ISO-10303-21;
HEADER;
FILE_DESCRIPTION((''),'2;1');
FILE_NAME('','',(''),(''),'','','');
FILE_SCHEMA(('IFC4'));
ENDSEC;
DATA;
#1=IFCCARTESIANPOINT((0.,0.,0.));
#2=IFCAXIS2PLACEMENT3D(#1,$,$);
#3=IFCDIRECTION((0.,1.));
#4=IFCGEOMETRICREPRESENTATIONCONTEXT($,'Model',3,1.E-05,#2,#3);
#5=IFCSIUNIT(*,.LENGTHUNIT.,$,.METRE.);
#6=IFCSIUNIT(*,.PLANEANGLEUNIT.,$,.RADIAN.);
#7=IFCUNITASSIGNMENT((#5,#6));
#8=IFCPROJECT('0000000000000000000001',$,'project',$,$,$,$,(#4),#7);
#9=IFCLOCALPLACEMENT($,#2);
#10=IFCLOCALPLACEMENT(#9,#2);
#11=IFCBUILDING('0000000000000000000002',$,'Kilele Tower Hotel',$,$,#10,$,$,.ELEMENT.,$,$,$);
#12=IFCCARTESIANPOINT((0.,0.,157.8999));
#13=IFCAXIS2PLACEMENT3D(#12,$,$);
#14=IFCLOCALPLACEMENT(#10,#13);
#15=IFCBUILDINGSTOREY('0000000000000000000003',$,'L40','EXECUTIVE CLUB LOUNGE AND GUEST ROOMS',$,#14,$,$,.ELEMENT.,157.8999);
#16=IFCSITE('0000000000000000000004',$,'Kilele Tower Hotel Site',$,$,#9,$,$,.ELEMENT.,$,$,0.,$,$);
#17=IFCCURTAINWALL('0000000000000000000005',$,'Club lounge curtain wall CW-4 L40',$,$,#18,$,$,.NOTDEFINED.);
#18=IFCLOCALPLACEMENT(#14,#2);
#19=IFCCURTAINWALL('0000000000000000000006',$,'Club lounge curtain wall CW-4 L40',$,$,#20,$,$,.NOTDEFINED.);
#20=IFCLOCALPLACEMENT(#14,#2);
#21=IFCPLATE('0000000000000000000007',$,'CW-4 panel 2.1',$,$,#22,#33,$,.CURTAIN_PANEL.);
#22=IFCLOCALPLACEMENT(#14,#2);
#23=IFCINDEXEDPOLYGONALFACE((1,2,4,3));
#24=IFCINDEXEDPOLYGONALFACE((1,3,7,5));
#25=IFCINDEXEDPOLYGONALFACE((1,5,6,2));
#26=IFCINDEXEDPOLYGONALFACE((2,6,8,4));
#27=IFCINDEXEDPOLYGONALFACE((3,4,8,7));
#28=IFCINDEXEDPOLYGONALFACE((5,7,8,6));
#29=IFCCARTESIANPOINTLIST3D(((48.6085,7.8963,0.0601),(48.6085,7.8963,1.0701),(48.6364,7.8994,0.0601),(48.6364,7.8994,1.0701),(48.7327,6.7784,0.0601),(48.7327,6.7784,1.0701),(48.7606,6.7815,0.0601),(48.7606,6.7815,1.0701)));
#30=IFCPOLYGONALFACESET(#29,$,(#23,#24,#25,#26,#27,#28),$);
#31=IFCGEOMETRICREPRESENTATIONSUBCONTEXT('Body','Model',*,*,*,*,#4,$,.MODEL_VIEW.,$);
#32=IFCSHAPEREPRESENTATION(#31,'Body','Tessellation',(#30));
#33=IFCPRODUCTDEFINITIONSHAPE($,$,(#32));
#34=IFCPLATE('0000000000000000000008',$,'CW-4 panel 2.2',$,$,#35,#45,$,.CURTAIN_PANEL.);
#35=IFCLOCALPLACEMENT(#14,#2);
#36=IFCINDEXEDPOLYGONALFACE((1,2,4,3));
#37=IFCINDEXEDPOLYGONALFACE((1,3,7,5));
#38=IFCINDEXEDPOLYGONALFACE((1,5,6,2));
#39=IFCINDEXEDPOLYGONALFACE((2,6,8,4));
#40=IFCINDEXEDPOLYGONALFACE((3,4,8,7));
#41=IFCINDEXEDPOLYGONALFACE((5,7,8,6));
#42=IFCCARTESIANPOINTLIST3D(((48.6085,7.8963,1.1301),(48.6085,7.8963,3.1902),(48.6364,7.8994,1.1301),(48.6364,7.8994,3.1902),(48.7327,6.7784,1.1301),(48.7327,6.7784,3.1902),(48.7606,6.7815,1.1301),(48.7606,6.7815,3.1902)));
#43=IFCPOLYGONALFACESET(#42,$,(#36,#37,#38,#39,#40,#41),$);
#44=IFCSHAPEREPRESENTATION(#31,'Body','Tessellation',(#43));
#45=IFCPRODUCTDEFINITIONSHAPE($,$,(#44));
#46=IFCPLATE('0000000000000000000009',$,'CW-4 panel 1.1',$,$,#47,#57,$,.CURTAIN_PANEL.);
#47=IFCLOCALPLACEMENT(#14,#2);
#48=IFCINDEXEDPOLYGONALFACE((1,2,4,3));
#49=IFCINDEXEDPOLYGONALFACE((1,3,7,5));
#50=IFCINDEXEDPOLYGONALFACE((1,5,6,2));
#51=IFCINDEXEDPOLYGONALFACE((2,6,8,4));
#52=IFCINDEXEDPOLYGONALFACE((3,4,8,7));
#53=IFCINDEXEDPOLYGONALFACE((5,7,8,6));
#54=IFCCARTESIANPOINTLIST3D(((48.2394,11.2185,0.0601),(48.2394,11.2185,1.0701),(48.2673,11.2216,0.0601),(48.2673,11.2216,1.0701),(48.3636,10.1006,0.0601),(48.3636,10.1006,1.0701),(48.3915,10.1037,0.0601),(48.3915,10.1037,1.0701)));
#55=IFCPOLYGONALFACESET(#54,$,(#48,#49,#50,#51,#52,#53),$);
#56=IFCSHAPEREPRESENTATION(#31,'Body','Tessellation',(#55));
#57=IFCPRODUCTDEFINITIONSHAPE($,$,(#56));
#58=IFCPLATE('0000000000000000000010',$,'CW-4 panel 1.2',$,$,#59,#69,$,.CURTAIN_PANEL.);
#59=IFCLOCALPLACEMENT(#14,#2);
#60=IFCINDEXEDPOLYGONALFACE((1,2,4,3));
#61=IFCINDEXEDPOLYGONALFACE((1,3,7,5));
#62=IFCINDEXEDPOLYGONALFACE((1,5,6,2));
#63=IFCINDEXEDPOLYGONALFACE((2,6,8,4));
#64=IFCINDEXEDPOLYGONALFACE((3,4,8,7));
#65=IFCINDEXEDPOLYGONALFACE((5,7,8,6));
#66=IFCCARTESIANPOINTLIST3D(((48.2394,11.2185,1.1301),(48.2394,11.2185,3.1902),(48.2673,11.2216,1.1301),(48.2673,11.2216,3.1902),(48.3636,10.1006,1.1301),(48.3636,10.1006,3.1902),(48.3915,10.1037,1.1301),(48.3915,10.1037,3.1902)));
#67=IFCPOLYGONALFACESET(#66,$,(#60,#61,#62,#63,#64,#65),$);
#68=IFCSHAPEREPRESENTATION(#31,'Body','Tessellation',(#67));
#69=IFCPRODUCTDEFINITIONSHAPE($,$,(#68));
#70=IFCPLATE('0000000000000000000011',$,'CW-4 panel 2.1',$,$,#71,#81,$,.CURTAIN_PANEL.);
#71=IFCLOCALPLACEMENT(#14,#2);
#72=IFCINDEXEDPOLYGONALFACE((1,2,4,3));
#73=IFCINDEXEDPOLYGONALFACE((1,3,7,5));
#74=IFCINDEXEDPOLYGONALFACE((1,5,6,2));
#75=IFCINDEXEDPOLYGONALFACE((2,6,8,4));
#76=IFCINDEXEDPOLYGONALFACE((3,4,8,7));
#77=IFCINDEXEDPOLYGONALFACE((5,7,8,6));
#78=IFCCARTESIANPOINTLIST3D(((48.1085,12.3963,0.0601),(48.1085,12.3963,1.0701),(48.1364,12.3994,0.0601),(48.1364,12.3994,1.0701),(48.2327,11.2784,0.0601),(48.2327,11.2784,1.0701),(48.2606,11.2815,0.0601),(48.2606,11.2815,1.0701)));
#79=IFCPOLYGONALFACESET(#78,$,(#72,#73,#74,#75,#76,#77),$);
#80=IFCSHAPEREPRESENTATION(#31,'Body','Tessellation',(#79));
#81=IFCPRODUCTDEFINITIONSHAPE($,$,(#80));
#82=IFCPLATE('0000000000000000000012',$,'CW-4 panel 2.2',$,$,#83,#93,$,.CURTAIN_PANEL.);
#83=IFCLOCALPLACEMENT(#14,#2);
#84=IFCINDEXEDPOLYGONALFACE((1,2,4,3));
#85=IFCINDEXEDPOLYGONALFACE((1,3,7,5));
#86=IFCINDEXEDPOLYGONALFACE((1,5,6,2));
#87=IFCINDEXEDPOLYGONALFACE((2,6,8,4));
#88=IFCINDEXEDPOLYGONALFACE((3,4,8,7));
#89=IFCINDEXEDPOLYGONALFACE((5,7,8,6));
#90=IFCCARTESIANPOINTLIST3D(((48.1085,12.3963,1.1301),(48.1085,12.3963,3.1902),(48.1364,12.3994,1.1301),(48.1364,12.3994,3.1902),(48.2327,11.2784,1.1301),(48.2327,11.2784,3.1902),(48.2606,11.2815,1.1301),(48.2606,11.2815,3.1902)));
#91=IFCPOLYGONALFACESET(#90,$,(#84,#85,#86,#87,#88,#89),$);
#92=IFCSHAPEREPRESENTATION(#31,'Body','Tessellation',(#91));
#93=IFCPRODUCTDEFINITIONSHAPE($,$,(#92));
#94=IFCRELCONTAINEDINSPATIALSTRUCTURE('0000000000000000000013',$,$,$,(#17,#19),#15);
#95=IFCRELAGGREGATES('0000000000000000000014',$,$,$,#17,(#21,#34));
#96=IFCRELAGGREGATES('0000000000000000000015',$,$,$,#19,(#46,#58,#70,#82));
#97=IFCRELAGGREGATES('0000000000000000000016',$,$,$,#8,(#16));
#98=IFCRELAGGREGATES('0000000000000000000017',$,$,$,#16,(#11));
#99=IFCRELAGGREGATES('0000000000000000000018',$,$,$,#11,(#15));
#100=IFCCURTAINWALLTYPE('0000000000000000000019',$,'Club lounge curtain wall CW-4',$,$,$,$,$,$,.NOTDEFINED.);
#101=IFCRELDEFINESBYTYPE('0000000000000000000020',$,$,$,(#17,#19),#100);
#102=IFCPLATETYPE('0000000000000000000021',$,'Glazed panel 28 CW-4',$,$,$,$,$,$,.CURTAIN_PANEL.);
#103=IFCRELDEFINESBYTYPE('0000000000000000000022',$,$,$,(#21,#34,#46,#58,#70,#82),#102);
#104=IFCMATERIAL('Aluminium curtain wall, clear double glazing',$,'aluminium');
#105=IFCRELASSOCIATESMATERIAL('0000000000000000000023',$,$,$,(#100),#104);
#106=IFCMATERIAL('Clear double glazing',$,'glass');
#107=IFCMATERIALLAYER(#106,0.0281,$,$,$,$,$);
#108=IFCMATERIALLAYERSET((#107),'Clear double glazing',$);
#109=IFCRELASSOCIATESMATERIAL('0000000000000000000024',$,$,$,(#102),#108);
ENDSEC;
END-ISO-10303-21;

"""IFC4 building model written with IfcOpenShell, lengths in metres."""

from ifc_helpers import new_model, si_unit, direction, frame, origin, origin_2d, place, context, subcontext, project, spatial, rectangle, extrude, material, layer, layer_set, type_object, element, aggregate, save


model = new_model("IFC4")

# Units and contexts
model_context = context("Model", 3, precision=1e-05, world=origin(), true_north=direction((0.0, 1.0)))
body_context = subcontext(model_context, "Body", "Model", "MODEL_VIEW")
ifc_project = project(units=[si_unit("LENGTHUNIT", "METRE"), si_unit("PLANEANGLEUNIT", "RADIAN")], contexts=[model_context])

# Site, building, storey
site_placement = place(None, origin())
site = spatial("IfcSite", under=ifc_project, at=site_placement, Name="Kilele Tower Hotel Site", CompositionType="ELEMENT", RefElevation=0.0)
building_placement = place(site_placement, origin())
building = spatial("IfcBuilding", under=site, at=building_placement, Name="Kilele Tower Hotel", CompositionType="ELEMENT")
storey_placement = place(building_placement, frame((0.0, 0.0, 157.8999)))
storey = spatial("IfcBuildingStorey", under=building, at=storey_placement, Name="L40", Description="EXECUTIVE CLUB LOUNGE AND GUEST ROOMS", CompositionType="ELEMENT", Elevation=157.8999)

# Curtain wall
ifc_material_1 = material(Name="Aluminium curtain wall, clear double glazing", Category="aluminium")
curtain_wall_type = type_object("IfcCurtainWallType", Name="Club lounge curtain wall CW-4", PredefinedType="NOTDEFINED", material=ifc_material_1)
curtain_wall_1_placement = place(storey_placement, origin())
curtain_wall_1 = element("IfcCurtainWall", 1, at=curtain_wall_1_placement, inside=storey, type_object=curtain_wall_type, Name="Club lounge curtain wall CW-4 L40", PredefinedType="NOTDEFINED")

# Curtain wall
curtain_wall_2_placement = place(storey_placement, origin())
curtain_wall_2 = element("IfcCurtainWall", 2, at=curtain_wall_2_placement, inside=storey, type_object=curtain_wall_type, Name="Club lounge curtain wall CW-4 L40", PredefinedType="NOTDEFINED")

# Plates
ifc_material_2 = material(Name="Clear double glazing", Category="glass")
ifc_layer = layer(ifc_material_2, 0.0281)
ifc_layer_set = layer_set([ifc_layer], Name="Clear double glazing")
plate_type = type_object("IfcPlateType", Name="Glazed panel 28 CW-4", PredefinedType="CURTAIN_PANEL", material=ifc_layer_set)
plate_1_placement = place(storey_placement, frame((48.6846, 7.3389, 0.0601), z_axis=(0.0, 0.0, 1.0), x_axis=(-0.110432, 0.993884, 0.0)))
plate_1 = element("IfcPlate", 3, at=plate_1_placement, type_object=plate_type, Name="CW-4 panel 2.1", PredefinedType="CURTAIN_PANEL", context=body_context, shape_type="SweptSolid", body=[
    extrude(rectangle(XDim=1.1248, YDim=0.0281, at=origin_2d()), origin(), (0.0, 0.0, 1.0), 1.01),
])
plate_2_placement = place(storey_placement, frame((48.6846, 7.3389, 1.1301), z_axis=(0.0, 0.0, 1.0), x_axis=(-0.110432, 0.993884, 0.0)))
plate_2 = element("IfcPlate", 4, at=plate_2_placement, type_object=plate_type, Name="CW-4 panel 2.2", PredefinedType="CURTAIN_PANEL", context=body_context, shape_type="SweptSolid", body=[
    extrude(rectangle(XDim=1.1248, YDim=0.0281, at=origin_2d()), origin(), (0.0, 0.0, 1.0), 2.0601),
])
aggregate(curtain_wall_1, [plate_1, plate_2])
plate_3_placement = place(storey_placement, frame((48.3154, 10.6611, 0.0601), z_axis=(0.0, 0.0, 1.0), x_axis=(-0.110432, 0.993884, 0.0)))
plate_3 = element("IfcPlate", 5, at=plate_3_placement, type_object=plate_type, Name="CW-4 panel 1.1", PredefinedType="CURTAIN_PANEL", context=body_context, shape_type="SweptSolid", body=[
    extrude(rectangle(XDim=1.1248, YDim=0.0281, at=origin_2d()), origin(), (0.0, 0.0, 1.0), 1.01),
])
plate_4_placement = place(storey_placement, frame((48.3154, 10.6611, 1.1301), z_axis=(0.0, 0.0, 1.0), x_axis=(-0.110432, 0.993884, 0.0)))
plate_4 = element("IfcPlate", 6, at=plate_4_placement, type_object=plate_type, Name="CW-4 panel 1.2", PredefinedType="CURTAIN_PANEL", context=body_context, shape_type="SweptSolid", body=[
    extrude(rectangle(XDim=1.1248, YDim=0.0281, at=origin_2d()), origin(), (0.0, 0.0, 1.0), 2.0601),
])
plate_5_placement = place(storey_placement, frame((48.1846, 11.8389, 0.0601), z_axis=(0.0, 0.0, 1.0), x_axis=(-0.110432, 0.993884, 0.0)))
plate_5 = element("IfcPlate", 7, at=plate_5_placement, type_object=plate_type, Name="CW-4 panel 2.1", PredefinedType="CURTAIN_PANEL", context=body_context, shape_type="SweptSolid", body=[
    extrude(rectangle(XDim=1.1248, YDim=0.0281, at=origin_2d()), origin(), (0.0, 0.0, 1.0), 1.01),
])
plate_6_placement = place(storey_placement, frame((48.1846, 11.8389, 1.1301), z_axis=(0.0, 0.0, 1.0), x_axis=(-0.110432, 0.993884, 0.0)))
plate_6 = element("IfcPlate", 8, at=plate_6_placement, type_object=plate_type, Name="CW-4 panel 2.2", PredefinedType="CURTAIN_PANEL", context=body_context, shape_type="SweptSolid", body=[
    extrude(rectangle(XDim=1.1248, YDim=0.0281, at=origin_2d()), origin(), (0.0, 0.0, 1.0), 2.0601),
])
aggregate(curtain_wall_2, [plate_3, plate_4, plate_5, plate_6])

save(model, "model.ifc")
